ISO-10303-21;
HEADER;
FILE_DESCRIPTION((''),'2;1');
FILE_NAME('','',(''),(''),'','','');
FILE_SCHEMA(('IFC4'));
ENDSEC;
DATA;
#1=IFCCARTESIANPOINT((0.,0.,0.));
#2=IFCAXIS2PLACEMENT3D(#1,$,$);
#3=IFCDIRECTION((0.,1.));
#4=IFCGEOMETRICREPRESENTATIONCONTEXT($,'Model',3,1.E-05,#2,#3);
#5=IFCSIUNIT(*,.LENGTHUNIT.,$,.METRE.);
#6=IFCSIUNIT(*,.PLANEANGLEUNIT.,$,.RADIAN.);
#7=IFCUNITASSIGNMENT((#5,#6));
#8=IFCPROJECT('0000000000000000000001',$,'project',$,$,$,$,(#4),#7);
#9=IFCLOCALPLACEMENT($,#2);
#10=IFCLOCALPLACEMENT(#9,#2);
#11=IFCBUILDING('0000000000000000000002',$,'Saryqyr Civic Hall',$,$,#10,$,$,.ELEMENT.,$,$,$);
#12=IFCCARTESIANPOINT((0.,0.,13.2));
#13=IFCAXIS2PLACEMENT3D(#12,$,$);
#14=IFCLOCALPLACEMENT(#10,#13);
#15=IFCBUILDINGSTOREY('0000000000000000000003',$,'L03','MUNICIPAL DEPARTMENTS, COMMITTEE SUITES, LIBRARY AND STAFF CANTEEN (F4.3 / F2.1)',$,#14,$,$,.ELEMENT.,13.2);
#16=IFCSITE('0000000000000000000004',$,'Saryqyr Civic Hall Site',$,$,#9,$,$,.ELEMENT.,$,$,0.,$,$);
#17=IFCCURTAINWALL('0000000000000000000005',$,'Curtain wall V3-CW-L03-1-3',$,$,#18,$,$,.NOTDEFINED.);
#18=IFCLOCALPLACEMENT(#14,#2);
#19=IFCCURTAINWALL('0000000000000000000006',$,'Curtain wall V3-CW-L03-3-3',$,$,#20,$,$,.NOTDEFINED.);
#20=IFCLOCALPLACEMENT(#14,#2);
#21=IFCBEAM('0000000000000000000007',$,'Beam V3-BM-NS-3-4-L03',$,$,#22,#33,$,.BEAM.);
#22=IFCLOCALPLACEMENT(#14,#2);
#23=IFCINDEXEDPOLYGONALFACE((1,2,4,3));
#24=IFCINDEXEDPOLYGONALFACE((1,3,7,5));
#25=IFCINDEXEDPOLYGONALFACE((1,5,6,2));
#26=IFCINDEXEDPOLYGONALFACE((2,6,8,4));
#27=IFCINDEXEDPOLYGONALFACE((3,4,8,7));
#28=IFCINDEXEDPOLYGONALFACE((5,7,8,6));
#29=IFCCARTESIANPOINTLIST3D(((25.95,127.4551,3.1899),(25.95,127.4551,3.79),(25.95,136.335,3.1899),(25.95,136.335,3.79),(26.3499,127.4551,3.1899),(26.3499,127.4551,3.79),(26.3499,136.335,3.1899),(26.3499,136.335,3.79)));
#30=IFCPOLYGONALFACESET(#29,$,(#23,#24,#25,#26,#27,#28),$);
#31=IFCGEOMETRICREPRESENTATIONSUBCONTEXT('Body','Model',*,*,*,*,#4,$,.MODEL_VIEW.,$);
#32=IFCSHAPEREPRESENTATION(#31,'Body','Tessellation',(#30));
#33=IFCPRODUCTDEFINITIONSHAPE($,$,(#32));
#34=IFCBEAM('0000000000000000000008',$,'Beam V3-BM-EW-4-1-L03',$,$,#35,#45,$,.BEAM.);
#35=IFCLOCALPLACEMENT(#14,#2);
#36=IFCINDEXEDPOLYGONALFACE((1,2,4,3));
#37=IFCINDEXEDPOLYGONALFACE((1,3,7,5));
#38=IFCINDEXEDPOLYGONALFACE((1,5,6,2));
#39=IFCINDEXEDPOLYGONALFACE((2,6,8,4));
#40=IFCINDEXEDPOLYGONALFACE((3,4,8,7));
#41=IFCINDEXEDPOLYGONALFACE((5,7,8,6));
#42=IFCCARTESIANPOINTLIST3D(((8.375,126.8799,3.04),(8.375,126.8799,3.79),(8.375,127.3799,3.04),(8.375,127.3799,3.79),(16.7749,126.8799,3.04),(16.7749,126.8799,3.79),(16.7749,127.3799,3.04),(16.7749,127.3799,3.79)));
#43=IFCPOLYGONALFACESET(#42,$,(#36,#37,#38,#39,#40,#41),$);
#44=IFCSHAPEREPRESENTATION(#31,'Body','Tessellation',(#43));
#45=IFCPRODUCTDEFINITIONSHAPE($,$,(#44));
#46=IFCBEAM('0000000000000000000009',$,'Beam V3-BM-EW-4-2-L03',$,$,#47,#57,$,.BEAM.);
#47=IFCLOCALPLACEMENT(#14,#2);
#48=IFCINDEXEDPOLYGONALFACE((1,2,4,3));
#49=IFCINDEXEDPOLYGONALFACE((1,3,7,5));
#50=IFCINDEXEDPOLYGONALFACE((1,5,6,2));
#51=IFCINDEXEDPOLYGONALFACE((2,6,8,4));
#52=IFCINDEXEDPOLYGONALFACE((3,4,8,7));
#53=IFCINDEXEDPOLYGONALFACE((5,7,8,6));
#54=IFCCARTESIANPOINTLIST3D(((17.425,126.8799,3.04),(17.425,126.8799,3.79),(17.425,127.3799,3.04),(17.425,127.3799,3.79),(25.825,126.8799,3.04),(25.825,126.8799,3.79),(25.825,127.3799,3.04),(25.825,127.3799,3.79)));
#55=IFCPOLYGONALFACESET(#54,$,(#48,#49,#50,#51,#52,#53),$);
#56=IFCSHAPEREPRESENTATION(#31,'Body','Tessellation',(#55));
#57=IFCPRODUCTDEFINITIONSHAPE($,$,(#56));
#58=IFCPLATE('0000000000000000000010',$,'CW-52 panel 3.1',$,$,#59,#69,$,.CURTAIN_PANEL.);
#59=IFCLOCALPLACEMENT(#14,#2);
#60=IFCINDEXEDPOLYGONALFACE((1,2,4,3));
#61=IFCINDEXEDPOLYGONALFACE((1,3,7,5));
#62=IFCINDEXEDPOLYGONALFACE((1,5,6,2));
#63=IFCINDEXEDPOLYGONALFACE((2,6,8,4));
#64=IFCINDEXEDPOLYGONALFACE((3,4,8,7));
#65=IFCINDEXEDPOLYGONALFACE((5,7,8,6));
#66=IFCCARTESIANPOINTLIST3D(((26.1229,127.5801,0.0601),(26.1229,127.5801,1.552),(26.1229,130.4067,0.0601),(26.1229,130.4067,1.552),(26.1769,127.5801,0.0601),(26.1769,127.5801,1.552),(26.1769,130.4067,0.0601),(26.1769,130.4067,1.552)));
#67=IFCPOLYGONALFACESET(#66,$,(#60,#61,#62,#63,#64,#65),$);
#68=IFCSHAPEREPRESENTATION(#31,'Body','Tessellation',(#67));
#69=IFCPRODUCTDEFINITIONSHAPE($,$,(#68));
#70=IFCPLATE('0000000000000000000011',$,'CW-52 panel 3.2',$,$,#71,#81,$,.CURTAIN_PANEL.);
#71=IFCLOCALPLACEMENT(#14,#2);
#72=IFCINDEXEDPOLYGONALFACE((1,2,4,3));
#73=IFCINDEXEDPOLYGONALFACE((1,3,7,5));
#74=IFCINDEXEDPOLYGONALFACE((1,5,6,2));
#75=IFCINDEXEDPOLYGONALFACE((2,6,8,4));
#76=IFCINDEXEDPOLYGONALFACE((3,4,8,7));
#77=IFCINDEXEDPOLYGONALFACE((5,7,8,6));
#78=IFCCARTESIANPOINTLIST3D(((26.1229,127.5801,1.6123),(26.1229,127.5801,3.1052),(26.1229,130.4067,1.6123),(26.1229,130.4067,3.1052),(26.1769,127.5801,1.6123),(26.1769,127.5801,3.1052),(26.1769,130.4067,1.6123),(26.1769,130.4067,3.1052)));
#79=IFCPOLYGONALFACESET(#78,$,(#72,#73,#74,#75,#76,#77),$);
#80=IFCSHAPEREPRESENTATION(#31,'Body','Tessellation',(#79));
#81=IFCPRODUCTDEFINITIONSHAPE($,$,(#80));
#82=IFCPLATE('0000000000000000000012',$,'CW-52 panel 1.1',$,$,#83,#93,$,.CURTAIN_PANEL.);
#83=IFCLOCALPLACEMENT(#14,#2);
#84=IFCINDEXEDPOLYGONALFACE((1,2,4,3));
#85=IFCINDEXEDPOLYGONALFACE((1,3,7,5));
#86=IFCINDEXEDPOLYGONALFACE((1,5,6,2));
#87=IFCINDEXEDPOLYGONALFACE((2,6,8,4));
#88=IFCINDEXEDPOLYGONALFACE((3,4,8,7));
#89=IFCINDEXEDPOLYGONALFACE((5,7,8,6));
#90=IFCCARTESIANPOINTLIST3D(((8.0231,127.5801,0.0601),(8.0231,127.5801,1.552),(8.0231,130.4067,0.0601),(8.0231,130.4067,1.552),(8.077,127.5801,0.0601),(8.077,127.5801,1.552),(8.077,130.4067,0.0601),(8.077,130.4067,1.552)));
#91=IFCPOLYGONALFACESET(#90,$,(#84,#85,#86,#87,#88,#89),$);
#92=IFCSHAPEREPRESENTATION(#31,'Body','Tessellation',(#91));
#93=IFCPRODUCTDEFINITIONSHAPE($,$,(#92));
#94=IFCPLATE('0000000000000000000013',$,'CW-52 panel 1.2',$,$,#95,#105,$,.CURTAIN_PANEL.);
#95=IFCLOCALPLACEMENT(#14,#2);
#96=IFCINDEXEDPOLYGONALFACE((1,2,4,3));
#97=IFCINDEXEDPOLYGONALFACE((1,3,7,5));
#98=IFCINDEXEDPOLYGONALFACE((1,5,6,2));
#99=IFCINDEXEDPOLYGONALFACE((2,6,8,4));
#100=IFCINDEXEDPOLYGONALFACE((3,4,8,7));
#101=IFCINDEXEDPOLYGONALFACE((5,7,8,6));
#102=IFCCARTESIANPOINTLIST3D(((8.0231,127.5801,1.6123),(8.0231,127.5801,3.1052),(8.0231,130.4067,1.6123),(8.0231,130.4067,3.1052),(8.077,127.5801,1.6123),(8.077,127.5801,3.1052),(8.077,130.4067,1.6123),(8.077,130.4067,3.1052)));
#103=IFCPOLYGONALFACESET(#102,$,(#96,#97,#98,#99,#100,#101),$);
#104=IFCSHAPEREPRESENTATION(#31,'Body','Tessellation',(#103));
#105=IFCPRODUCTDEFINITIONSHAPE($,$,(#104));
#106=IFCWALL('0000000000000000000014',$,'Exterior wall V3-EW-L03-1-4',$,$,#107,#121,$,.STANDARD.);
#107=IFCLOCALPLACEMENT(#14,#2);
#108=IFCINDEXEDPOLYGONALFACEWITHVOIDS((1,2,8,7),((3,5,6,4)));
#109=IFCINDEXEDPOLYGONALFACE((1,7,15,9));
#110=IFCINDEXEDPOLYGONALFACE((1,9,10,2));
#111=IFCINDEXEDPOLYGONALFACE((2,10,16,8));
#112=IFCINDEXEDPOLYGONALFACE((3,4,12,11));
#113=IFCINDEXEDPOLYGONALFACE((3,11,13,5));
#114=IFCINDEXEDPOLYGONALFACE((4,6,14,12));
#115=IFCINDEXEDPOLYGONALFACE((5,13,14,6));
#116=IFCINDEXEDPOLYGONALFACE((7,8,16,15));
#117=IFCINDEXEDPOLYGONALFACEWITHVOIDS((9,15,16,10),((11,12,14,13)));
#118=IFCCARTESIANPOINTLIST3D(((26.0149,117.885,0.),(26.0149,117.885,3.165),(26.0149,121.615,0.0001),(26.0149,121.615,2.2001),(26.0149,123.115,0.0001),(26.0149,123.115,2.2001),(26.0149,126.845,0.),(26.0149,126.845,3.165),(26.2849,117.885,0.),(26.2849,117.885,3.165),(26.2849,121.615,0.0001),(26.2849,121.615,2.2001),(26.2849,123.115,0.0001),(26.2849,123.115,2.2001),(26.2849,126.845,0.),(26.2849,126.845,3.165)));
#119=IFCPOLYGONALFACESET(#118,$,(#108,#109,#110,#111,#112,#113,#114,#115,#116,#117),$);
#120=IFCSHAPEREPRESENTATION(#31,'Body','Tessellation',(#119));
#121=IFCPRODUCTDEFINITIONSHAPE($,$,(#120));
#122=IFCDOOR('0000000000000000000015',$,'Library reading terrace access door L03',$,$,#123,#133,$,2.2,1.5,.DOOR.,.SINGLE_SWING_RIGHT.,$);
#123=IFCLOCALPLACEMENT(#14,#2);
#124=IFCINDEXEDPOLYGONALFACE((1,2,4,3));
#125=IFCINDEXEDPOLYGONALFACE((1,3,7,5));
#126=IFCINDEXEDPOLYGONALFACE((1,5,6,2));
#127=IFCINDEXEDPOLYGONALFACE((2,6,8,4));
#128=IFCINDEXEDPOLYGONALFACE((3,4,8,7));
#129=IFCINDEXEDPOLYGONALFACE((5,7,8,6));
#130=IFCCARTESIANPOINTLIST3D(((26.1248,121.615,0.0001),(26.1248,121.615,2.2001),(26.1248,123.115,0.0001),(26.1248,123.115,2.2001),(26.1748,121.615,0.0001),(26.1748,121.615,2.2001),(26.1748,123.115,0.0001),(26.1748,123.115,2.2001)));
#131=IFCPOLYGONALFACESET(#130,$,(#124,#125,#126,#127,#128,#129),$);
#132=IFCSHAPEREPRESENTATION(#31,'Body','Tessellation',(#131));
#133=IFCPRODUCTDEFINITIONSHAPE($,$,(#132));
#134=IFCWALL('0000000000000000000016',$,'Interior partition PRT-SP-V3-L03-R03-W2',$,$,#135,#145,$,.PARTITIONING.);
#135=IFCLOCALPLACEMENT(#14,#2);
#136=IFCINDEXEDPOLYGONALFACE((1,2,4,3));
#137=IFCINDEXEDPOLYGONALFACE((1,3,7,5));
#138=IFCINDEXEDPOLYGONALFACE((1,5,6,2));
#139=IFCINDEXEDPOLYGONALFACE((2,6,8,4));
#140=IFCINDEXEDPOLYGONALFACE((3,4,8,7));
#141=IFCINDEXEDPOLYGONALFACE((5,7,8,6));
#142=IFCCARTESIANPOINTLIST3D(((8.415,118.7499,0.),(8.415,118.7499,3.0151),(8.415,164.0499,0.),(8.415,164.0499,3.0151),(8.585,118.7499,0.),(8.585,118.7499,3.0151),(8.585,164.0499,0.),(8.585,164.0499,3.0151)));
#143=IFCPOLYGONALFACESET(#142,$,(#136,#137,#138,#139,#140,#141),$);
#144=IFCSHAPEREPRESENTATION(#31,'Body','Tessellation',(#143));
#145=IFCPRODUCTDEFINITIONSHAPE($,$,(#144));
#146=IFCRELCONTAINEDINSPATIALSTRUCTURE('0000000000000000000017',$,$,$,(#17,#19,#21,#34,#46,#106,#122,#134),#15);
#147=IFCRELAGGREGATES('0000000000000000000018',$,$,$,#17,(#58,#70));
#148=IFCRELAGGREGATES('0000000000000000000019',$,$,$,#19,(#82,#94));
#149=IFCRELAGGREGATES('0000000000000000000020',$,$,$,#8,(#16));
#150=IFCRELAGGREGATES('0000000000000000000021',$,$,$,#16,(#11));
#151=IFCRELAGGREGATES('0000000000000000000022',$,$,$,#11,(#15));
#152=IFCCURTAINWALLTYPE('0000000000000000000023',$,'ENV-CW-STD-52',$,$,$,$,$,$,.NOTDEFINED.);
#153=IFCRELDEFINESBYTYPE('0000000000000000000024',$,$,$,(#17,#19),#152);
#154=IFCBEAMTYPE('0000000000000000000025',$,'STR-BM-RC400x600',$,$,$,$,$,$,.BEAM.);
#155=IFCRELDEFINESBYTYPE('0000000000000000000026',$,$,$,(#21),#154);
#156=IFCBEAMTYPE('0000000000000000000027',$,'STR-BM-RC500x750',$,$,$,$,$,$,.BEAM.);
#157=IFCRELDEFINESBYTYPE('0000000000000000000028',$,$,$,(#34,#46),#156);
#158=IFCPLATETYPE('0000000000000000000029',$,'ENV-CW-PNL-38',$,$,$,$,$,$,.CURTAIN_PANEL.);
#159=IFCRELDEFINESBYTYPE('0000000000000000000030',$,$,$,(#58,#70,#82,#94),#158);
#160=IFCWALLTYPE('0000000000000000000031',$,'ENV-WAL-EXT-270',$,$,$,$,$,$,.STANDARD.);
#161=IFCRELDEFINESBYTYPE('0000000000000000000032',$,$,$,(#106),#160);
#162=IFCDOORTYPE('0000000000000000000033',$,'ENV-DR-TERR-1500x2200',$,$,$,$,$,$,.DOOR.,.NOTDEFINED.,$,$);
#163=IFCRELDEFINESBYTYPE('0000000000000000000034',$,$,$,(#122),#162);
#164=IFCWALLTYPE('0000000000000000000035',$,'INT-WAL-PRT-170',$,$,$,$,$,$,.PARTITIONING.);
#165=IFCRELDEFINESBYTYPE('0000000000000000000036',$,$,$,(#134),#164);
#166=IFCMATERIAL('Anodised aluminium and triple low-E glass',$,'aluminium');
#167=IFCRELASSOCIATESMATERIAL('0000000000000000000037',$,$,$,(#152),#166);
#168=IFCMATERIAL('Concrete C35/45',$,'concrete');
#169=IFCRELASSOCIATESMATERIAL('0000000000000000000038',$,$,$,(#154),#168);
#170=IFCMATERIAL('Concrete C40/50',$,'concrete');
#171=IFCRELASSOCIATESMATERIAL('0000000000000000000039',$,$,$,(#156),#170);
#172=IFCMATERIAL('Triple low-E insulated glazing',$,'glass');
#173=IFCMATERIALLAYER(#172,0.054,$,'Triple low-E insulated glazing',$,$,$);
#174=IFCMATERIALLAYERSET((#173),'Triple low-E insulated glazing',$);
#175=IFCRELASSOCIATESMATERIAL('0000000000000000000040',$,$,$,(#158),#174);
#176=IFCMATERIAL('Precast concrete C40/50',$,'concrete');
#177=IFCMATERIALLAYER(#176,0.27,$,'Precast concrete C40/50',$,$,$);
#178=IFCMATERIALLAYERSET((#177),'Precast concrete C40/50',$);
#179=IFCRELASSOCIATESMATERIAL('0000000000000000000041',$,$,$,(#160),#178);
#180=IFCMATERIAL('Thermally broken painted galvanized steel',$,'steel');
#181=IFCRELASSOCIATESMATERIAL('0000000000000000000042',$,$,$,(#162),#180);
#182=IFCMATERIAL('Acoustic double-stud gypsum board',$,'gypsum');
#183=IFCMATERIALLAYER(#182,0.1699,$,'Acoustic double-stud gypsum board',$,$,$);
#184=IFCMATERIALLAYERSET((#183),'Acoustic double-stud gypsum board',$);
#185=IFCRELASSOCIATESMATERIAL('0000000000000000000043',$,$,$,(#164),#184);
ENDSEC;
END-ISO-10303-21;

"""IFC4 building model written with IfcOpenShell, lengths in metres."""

from ifc_helpers import new_model, si_unit, direction, frame, frame_2d, origin, origin_2d, place, context, subcontext, project, spatial, rectangle, extrude, material, layer, layer_set, material_profile, profile_set, type_object, element, fill, aggregate, save


model = new_model("IFC4")

# Units and contexts
model_context = context("Model", 3, precision=1e-05, world=origin(), true_north=direction((0.0, 1.0)))
body_context = subcontext(model_context, "Body", "Model", "MODEL_VIEW")
ifc_project = project(units=[si_unit("LENGTHUNIT", "METRE"), si_unit("PLANEANGLEUNIT", "RADIAN")], contexts=[model_context])

# Site, building, storey
site_placement = place(None, origin())
site = spatial("IfcSite", under=ifc_project, at=site_placement, Name="Saryqyr Civic Hall Site", CompositionType="ELEMENT", RefElevation=0.0)
building_placement = place(site_placement, origin())
building = spatial("IfcBuilding", under=site, at=building_placement, Name="Saryqyr Civic Hall", CompositionType="ELEMENT")
storey_placement = place(building_placement, frame((0.0, 0.0, 13.2)))
storey = spatial("IfcBuildingStorey", under=building, at=storey_placement, Name="L03", Description="MUNICIPAL DEPARTMENTS, COMMITTEE SUITES, LIBRARY AND STAFF CANTEEN (F4.3 / F2.1)", CompositionType="ELEMENT", Elevation=13.2)

# Shared definitions
ifc_material_1 = material(Name="Concrete C40/50", Category="concrete")

# Curtain walls
ifc_material_2 = material(Name="Anodised aluminium and triple low-E glass", Category="aluminium")
curtain_wall_type = type_object("IfcCurtainWallType", Name="ENV-CW-STD-52", PredefinedType="NOTDEFINED", material=ifc_material_2)
curtain_wall_1_placement = place(storey_placement, origin())
curtain_wall_1 = element("IfcCurtainWall", 1, at=curtain_wall_1_placement, inside=storey, type_object=curtain_wall_type, Name="Curtain wall V3-CW-L03-1-3", PredefinedType="NOTDEFINED")
curtain_wall_2_placement = place(storey_placement, origin())
curtain_wall_2 = element("IfcCurtainWall", 2, at=curtain_wall_2_placement, inside=storey, type_object=curtain_wall_type, Name="Curtain wall V3-CW-L03-3-3", PredefinedType="NOTDEFINED")

# Beams
ifc_material_3 = material(Name="Concrete C35/45", Category="concrete")
ifc_material_profile_1 = material_profile(ifc_material_3, rectangle(XDim=0.3999, YDim=0.6001, at=origin_2d()), Name="RC 400x600")
ifc_profile_set_1 = profile_set([ifc_material_profile_1], Name="Concrete C35/45")
beam_type_1 = type_object("IfcBeamType", Name="STR-BM-RC400x600", PredefinedType="BEAM", material=ifc_profile_set_1)
for number, where, z_axis, x_axis, name in (
    (3, (26.1499, 127.4551, 3.49), (0.0, 1.0, 0.0), (-1.0, 0.0, 0.0), "Beam V3-BM-NS-3-4-L03"),
):
    element("IfcBeam", number, at=place(storey_placement, frame(where, z_axis=z_axis, x_axis=x_axis)), inside=storey, type_object=beam_type_1, Name=name, PredefinedType="BEAM", context=body_context, shape_type="SweptSolid", body=[
        extrude(rectangle(XDim=0.3999, YDim=0.6001, at=origin_2d()), origin(), (0.0, 0.0, 1.0), 8.8799),
    ])
ifc_material_profile_2 = material_profile(ifc_material_1, rectangle(XDim=0.5, YDim=0.75, at=origin_2d()), Name="RC 500x750")
ifc_profile_set_2 = profile_set([ifc_material_profile_2], Name="Concrete C40/50")
beam_type_2 = type_object("IfcBeamType", Name="STR-BM-RC500x750", PredefinedType="BEAM", material=ifc_profile_set_2)
for number, where, z_axis, x_axis, name in (
    (4, (8.375, 127.1299, 3.415), (1.0, 0.0, 0.0), (0.0, 1.0, 0.0), "Beam V3-BM-EW-4-1-L03"),
    (5, (17.425, 127.1299, 3.415), (1.0, 0.0, 0.0), (0.0, 1.0, 0.0), "Beam V3-BM-EW-4-2-L03"),
):
    element("IfcBeam", number, at=place(storey_placement, frame(where, z_axis=z_axis, x_axis=x_axis)), inside=storey, type_object=beam_type_2, Name=name, PredefinedType="BEAM", context=body_context, shape_type="SweptSolid", body=[
        extrude(rectangle(XDim=0.5, YDim=0.75, at=origin_2d()), origin(), (0.0, 0.0, 1.0), 8.3999),
    ])

# Plates
ifc_material_4 = material(Name="Triple low-E insulated glazing", Category="glass")
ifc_layer_1 = layer(ifc_material_4, 0.054, Name="Triple low-E insulated glazing")
ifc_layer_set_1 = layer_set([ifc_layer_1], Name="Triple low-E insulated glazing")
plate_type = type_object("IfcPlateType", Name="ENV-CW-PNL-38", PredefinedType="CURTAIN_PANEL", material=ifc_layer_set_1)
plate_1_placement = place(storey_placement, frame((26.1499, 128.9934, 0.0601), z_axis=(0.0, 0.0, 1.0), x_axis=(0.0, -1.0, 0.0)))
plate_1 = element("IfcPlate", 6, at=plate_1_placement, type_object=plate_type, Name="CW-52 panel 3.1", PredefinedType="CURTAIN_PANEL", context=body_context, shape_type="SweptSolid", body=[
    extrude(rectangle(XDim=2.8267, YDim=0.054, at=origin_2d()), origin(), (0.0, 0.0, 1.0), 1.4919),
])
plate_2_placement = place(storey_placement, frame((26.1499, 128.9934, 1.6123), z_axis=(0.0, 0.0, 1.0), x_axis=(0.0, -1.0, 0.0)))
plate_2 = element("IfcPlate", 7, at=plate_2_placement, type_object=plate_type, Name="CW-52 panel 3.2", PredefinedType="CURTAIN_PANEL", context=body_context, shape_type="SweptSolid", body=[
    extrude(rectangle(XDim=2.8267, YDim=0.054, at=origin_2d()), origin(), (0.0, 0.0, 1.0), 1.4929),
])
aggregate(curtain_wall_1, [plate_1, plate_2])
plate_3_placement = place(storey_placement, frame((8.05, 128.9934, 0.0601), z_axis=(0.0, 0.0, 1.0), x_axis=(0.0, 1.0, 0.0)))
plate_3 = element("IfcPlate", 8, at=plate_3_placement, type_object=plate_type, Name="CW-52 panel 1.1", PredefinedType="CURTAIN_PANEL", context=body_context, shape_type="SweptSolid", body=[
    extrude(rectangle(XDim=2.8267, YDim=0.054, at=origin_2d()), origin(), (0.0, 0.0, 1.0), 1.4919),
])
plate_4_placement = place(storey_placement, frame((8.05, 128.9934, 1.6123), z_axis=(0.0, 0.0, 1.0), x_axis=(0.0, 1.0, 0.0)))
plate_4 = element("IfcPlate", 9, at=plate_4_placement, type_object=plate_type, Name="CW-52 panel 1.2", PredefinedType="CURTAIN_PANEL", context=body_context, shape_type="SweptSolid", body=[
    extrude(rectangle(XDim=2.8267, YDim=0.054, at=origin_2d()), origin(), (0.0, 0.0, 1.0), 1.4929),
])
aggregate(curtain_wall_2, [plate_3, plate_4])

# Wall, opening, door
ifc_material_5 = material(Name="Precast concrete C40/50", Category="concrete")
ifc_layer_2 = layer(ifc_material_5, 0.27, Name="Precast concrete C40/50")
ifc_layer_set_2 = layer_set([ifc_layer_2], Name="Precast concrete C40/50")
wall_type_1 = type_object("IfcWallType", Name="ENV-WAL-EXT-270", PredefinedType="STANDARD", material=ifc_layer_set_2)
wall_1_placement = place(storey_placement, frame((26.1499, 126.845, 0.0), z_axis=(0.0, 0.0, 1.0), x_axis=(0.0, -1.0, 0.0)))
wall_1 = element("IfcWall", 10, at=wall_1_placement, inside=storey, type_object=wall_type_1, Name="Exterior wall V3-EW-L03-1-4", PredefinedType="STANDARD", context=body_context, shape_type="SweptSolid", body=[
    extrude(rectangle(XDim=8.96, YDim=0.27, at=frame_2d((4.48, 0.0))), origin(), (0.0, 0.0, 1.0), 3.165),
])
opening_placement = place(wall_1_placement, frame((3.73, 0.0, 0.0)))
opening = element("IfcOpeningElement", 11, at=opening_placement, cuts=wall_1, PredefinedType="OPENING", context=body_context, shape_type="SweptSolid", body=[
    extrude(rectangle(XDim=1.5, YDim=2.2, at=frame_2d((0.75, 1.1001))), frame((0.0, 0.145, 0.0), z_axis=(0.0, -1.0, 0.0), x_axis=(1.0, 0.0, 0.0)), (0.0, 0.0, 1.0), 0.29),
])
ifc_material_6 = material(Name="Thermally broken painted galvanized steel", Category="steel")
door_type = type_object("IfcDoorType", Name="ENV-DR-TERR-1500x2200", OperationType="NOTDEFINED", PredefinedType="DOOR", material=ifc_material_6)
door_placement = place(opening_placement, origin())
door = element("IfcDoor", 12, at=door_placement, inside=storey, type_object=door_type, Name="Library reading terrace access door L03", OperationType="SINGLE_SWING_RIGHT", OverallHeight=2.2, OverallWidth=1.5, PredefinedType="DOOR", context=body_context, shape_type="SweptSolid", body=[
    extrude(rectangle(XDim=1.5, YDim=2.2, at=frame_2d((0.75, 1.1001))), frame((0.0, 0.0249, 0.0), z_axis=(0.0, -1.0, 0.0), x_axis=(1.0, 0.0, 0.0)), (0.0, 0.0, 1.0), 0.05),
])
fill(opening, door)

# Wall
ifc_material_7 = material(Name="Acoustic double-stud gypsum board", Category="gypsum")
ifc_layer_3 = layer(ifc_material_7, 0.1699, Name="Acoustic double-stud gypsum board")
ifc_layer_set_3 = layer_set([ifc_layer_3], Name="Acoustic double-stud gypsum board")
wall_type_2 = type_object("IfcWallType", Name="INT-WAL-PRT-170", PredefinedType="PARTITIONING", material=ifc_layer_set_3)
wall_2_placement = place(storey_placement, frame((8.5, 118.75, 0.0), z_axis=(0.0, 0.0, 1.0), x_axis=(0.0, 1.0, 0.0)))
element("IfcWall", 13, at=wall_2_placement, inside=storey, type_object=wall_type_2, Name="Interior partition PRT-SP-V3-L03-R03-W2", PredefinedType="PARTITIONING", context=body_context, shape_type="SweptSolid", body=[
    extrude(rectangle(XDim=45.3, YDim=0.1699, at=frame_2d((22.6499, 0.0))), origin(), (0.0, 0.0, 1.0), 3.0151),
])

save(model, "model.ifc")
